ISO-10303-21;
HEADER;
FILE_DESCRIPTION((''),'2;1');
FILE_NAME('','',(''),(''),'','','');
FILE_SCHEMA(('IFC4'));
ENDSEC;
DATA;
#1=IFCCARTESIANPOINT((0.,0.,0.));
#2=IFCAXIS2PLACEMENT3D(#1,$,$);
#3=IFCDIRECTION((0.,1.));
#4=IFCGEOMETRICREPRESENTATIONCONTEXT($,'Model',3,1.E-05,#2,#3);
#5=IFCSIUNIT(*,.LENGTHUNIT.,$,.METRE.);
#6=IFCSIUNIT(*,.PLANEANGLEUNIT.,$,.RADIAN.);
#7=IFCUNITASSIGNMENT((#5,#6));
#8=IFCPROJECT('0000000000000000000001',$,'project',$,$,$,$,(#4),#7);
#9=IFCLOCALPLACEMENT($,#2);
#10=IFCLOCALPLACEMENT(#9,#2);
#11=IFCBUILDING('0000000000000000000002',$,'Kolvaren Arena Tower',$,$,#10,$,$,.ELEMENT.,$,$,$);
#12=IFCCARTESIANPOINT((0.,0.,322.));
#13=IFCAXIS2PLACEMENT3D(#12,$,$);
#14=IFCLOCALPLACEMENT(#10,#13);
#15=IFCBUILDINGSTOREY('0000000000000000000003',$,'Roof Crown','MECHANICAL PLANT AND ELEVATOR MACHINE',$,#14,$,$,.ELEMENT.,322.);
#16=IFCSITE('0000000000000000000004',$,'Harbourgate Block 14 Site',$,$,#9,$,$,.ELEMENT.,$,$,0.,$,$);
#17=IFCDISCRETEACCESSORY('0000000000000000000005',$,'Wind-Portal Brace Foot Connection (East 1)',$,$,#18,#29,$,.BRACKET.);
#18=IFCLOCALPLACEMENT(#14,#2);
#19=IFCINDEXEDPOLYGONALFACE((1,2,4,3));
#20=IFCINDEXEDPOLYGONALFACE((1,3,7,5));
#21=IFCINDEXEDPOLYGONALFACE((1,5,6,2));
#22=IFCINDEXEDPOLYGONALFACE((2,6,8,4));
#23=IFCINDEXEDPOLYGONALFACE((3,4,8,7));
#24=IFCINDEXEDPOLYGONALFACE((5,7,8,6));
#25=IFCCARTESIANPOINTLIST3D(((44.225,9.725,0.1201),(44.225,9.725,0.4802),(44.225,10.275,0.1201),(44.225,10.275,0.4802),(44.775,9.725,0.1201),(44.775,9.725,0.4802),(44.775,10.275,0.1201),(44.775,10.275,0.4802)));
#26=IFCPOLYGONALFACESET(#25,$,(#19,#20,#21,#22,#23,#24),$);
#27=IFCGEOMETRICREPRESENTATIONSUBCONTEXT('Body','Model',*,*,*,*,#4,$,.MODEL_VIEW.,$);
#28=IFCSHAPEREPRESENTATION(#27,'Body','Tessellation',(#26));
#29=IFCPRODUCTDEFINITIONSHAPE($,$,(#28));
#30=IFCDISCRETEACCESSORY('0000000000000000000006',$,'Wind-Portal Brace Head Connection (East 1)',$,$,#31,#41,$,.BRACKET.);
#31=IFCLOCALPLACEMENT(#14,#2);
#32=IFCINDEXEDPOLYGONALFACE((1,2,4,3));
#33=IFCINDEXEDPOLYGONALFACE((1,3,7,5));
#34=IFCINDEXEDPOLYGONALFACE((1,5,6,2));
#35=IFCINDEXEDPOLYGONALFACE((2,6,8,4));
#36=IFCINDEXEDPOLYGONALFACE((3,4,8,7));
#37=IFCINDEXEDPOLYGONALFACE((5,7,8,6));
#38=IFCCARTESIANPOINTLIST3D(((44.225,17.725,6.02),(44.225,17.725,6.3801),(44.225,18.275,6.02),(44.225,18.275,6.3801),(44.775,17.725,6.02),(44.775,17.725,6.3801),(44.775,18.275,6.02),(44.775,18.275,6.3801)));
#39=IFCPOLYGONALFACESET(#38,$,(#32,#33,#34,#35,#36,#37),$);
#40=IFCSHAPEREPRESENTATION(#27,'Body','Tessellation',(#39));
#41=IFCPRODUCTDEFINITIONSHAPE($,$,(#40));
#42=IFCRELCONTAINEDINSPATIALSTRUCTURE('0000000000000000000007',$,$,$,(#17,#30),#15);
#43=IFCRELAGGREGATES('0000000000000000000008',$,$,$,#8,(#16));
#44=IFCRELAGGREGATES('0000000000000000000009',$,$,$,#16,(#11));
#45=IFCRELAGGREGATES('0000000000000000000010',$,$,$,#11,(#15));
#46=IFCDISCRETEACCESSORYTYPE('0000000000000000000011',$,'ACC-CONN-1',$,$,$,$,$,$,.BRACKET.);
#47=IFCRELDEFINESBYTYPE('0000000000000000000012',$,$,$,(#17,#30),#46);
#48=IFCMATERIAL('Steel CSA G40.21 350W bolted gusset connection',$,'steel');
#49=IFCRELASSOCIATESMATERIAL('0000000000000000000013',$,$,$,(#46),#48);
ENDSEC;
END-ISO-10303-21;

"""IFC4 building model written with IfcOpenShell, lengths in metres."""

from ifc_helpers import new_model, si_unit, direction, frame, origin, origin_2d, place, context, subcontext, project, spatial, rectangle, extrude, material, type_object, element, save


model = new_model("IFC4")

# Units and contexts
model_context = context("Model", 3, precision=1e-05, world=origin(), true_north=direction((0.0, 1.0)))
body_context = subcontext(model_context, "Body", "Model", "MODEL_VIEW")
ifc_project = project(units=[si_unit("LENGTHUNIT", "METRE"), si_unit("PLANEANGLEUNIT", "RADIAN")], contexts=[model_context])

# Site, building, storey
site_placement = place(None, origin())
site = spatial("IfcSite", under=ifc_project, at=site_placement, Name="Harbourgate Block 14 Site", CompositionType="ELEMENT", RefElevation=0.0)
building_placement = place(site_placement, origin())
building = spatial("IfcBuilding", under=site, at=building_placement, Name="Kolvaren Arena Tower", CompositionType="ELEMENT")
storey_placement = place(building_placement, frame((0.0, 0.0, 322.0)))
storey = spatial("IfcBuildingStorey", under=building, at=storey_placement, Name="Roof Crown", Description="MECHANICAL PLANT AND ELEVATOR MACHINE", CompositionType="ELEMENT", Elevation=322.0)

# Discrete accessories
ifc_material_1 = material(Name="Steel CSA G40.21 350W bolted gusset connection", Category="steel")
discrete_accessory_type = type_object("IfcDiscreteAccessoryType", Name="ACC-CONN-1", PredefinedType="BRACKET", material=ifc_material_1)
for number, where, z_axis, x_axis, name in (
    (1, (44.5, 10.0, 0.1201), (0.0, 0.0, 1.0), (1.0, 0.0, 0.0), "Wind-Portal Brace Foot Connection (East 1)"),
    (2, (44.5, 18.0, 6.02), (0.0, 0.0, 1.0), (1.0, 0.0, 0.0), "Wind-Portal Brace Head Connection (East 1)"),
):
    element("IfcDiscreteAccessory", number, at=place(storey_placement, frame(where, z_axis=z_axis, x_axis=x_axis)), inside=storey, type_object=discrete_accessory_type, Name=name, PredefinedType="BRACKET", context=body_context, shape_type="SweptSolid", body=[
        extrude(rectangle(XDim=0.55, YDim=0.55, at=origin_2d()), origin(), (0.0, 0.0, 1.0), 0.3601),
    ])

save(model, "model.ifc")
